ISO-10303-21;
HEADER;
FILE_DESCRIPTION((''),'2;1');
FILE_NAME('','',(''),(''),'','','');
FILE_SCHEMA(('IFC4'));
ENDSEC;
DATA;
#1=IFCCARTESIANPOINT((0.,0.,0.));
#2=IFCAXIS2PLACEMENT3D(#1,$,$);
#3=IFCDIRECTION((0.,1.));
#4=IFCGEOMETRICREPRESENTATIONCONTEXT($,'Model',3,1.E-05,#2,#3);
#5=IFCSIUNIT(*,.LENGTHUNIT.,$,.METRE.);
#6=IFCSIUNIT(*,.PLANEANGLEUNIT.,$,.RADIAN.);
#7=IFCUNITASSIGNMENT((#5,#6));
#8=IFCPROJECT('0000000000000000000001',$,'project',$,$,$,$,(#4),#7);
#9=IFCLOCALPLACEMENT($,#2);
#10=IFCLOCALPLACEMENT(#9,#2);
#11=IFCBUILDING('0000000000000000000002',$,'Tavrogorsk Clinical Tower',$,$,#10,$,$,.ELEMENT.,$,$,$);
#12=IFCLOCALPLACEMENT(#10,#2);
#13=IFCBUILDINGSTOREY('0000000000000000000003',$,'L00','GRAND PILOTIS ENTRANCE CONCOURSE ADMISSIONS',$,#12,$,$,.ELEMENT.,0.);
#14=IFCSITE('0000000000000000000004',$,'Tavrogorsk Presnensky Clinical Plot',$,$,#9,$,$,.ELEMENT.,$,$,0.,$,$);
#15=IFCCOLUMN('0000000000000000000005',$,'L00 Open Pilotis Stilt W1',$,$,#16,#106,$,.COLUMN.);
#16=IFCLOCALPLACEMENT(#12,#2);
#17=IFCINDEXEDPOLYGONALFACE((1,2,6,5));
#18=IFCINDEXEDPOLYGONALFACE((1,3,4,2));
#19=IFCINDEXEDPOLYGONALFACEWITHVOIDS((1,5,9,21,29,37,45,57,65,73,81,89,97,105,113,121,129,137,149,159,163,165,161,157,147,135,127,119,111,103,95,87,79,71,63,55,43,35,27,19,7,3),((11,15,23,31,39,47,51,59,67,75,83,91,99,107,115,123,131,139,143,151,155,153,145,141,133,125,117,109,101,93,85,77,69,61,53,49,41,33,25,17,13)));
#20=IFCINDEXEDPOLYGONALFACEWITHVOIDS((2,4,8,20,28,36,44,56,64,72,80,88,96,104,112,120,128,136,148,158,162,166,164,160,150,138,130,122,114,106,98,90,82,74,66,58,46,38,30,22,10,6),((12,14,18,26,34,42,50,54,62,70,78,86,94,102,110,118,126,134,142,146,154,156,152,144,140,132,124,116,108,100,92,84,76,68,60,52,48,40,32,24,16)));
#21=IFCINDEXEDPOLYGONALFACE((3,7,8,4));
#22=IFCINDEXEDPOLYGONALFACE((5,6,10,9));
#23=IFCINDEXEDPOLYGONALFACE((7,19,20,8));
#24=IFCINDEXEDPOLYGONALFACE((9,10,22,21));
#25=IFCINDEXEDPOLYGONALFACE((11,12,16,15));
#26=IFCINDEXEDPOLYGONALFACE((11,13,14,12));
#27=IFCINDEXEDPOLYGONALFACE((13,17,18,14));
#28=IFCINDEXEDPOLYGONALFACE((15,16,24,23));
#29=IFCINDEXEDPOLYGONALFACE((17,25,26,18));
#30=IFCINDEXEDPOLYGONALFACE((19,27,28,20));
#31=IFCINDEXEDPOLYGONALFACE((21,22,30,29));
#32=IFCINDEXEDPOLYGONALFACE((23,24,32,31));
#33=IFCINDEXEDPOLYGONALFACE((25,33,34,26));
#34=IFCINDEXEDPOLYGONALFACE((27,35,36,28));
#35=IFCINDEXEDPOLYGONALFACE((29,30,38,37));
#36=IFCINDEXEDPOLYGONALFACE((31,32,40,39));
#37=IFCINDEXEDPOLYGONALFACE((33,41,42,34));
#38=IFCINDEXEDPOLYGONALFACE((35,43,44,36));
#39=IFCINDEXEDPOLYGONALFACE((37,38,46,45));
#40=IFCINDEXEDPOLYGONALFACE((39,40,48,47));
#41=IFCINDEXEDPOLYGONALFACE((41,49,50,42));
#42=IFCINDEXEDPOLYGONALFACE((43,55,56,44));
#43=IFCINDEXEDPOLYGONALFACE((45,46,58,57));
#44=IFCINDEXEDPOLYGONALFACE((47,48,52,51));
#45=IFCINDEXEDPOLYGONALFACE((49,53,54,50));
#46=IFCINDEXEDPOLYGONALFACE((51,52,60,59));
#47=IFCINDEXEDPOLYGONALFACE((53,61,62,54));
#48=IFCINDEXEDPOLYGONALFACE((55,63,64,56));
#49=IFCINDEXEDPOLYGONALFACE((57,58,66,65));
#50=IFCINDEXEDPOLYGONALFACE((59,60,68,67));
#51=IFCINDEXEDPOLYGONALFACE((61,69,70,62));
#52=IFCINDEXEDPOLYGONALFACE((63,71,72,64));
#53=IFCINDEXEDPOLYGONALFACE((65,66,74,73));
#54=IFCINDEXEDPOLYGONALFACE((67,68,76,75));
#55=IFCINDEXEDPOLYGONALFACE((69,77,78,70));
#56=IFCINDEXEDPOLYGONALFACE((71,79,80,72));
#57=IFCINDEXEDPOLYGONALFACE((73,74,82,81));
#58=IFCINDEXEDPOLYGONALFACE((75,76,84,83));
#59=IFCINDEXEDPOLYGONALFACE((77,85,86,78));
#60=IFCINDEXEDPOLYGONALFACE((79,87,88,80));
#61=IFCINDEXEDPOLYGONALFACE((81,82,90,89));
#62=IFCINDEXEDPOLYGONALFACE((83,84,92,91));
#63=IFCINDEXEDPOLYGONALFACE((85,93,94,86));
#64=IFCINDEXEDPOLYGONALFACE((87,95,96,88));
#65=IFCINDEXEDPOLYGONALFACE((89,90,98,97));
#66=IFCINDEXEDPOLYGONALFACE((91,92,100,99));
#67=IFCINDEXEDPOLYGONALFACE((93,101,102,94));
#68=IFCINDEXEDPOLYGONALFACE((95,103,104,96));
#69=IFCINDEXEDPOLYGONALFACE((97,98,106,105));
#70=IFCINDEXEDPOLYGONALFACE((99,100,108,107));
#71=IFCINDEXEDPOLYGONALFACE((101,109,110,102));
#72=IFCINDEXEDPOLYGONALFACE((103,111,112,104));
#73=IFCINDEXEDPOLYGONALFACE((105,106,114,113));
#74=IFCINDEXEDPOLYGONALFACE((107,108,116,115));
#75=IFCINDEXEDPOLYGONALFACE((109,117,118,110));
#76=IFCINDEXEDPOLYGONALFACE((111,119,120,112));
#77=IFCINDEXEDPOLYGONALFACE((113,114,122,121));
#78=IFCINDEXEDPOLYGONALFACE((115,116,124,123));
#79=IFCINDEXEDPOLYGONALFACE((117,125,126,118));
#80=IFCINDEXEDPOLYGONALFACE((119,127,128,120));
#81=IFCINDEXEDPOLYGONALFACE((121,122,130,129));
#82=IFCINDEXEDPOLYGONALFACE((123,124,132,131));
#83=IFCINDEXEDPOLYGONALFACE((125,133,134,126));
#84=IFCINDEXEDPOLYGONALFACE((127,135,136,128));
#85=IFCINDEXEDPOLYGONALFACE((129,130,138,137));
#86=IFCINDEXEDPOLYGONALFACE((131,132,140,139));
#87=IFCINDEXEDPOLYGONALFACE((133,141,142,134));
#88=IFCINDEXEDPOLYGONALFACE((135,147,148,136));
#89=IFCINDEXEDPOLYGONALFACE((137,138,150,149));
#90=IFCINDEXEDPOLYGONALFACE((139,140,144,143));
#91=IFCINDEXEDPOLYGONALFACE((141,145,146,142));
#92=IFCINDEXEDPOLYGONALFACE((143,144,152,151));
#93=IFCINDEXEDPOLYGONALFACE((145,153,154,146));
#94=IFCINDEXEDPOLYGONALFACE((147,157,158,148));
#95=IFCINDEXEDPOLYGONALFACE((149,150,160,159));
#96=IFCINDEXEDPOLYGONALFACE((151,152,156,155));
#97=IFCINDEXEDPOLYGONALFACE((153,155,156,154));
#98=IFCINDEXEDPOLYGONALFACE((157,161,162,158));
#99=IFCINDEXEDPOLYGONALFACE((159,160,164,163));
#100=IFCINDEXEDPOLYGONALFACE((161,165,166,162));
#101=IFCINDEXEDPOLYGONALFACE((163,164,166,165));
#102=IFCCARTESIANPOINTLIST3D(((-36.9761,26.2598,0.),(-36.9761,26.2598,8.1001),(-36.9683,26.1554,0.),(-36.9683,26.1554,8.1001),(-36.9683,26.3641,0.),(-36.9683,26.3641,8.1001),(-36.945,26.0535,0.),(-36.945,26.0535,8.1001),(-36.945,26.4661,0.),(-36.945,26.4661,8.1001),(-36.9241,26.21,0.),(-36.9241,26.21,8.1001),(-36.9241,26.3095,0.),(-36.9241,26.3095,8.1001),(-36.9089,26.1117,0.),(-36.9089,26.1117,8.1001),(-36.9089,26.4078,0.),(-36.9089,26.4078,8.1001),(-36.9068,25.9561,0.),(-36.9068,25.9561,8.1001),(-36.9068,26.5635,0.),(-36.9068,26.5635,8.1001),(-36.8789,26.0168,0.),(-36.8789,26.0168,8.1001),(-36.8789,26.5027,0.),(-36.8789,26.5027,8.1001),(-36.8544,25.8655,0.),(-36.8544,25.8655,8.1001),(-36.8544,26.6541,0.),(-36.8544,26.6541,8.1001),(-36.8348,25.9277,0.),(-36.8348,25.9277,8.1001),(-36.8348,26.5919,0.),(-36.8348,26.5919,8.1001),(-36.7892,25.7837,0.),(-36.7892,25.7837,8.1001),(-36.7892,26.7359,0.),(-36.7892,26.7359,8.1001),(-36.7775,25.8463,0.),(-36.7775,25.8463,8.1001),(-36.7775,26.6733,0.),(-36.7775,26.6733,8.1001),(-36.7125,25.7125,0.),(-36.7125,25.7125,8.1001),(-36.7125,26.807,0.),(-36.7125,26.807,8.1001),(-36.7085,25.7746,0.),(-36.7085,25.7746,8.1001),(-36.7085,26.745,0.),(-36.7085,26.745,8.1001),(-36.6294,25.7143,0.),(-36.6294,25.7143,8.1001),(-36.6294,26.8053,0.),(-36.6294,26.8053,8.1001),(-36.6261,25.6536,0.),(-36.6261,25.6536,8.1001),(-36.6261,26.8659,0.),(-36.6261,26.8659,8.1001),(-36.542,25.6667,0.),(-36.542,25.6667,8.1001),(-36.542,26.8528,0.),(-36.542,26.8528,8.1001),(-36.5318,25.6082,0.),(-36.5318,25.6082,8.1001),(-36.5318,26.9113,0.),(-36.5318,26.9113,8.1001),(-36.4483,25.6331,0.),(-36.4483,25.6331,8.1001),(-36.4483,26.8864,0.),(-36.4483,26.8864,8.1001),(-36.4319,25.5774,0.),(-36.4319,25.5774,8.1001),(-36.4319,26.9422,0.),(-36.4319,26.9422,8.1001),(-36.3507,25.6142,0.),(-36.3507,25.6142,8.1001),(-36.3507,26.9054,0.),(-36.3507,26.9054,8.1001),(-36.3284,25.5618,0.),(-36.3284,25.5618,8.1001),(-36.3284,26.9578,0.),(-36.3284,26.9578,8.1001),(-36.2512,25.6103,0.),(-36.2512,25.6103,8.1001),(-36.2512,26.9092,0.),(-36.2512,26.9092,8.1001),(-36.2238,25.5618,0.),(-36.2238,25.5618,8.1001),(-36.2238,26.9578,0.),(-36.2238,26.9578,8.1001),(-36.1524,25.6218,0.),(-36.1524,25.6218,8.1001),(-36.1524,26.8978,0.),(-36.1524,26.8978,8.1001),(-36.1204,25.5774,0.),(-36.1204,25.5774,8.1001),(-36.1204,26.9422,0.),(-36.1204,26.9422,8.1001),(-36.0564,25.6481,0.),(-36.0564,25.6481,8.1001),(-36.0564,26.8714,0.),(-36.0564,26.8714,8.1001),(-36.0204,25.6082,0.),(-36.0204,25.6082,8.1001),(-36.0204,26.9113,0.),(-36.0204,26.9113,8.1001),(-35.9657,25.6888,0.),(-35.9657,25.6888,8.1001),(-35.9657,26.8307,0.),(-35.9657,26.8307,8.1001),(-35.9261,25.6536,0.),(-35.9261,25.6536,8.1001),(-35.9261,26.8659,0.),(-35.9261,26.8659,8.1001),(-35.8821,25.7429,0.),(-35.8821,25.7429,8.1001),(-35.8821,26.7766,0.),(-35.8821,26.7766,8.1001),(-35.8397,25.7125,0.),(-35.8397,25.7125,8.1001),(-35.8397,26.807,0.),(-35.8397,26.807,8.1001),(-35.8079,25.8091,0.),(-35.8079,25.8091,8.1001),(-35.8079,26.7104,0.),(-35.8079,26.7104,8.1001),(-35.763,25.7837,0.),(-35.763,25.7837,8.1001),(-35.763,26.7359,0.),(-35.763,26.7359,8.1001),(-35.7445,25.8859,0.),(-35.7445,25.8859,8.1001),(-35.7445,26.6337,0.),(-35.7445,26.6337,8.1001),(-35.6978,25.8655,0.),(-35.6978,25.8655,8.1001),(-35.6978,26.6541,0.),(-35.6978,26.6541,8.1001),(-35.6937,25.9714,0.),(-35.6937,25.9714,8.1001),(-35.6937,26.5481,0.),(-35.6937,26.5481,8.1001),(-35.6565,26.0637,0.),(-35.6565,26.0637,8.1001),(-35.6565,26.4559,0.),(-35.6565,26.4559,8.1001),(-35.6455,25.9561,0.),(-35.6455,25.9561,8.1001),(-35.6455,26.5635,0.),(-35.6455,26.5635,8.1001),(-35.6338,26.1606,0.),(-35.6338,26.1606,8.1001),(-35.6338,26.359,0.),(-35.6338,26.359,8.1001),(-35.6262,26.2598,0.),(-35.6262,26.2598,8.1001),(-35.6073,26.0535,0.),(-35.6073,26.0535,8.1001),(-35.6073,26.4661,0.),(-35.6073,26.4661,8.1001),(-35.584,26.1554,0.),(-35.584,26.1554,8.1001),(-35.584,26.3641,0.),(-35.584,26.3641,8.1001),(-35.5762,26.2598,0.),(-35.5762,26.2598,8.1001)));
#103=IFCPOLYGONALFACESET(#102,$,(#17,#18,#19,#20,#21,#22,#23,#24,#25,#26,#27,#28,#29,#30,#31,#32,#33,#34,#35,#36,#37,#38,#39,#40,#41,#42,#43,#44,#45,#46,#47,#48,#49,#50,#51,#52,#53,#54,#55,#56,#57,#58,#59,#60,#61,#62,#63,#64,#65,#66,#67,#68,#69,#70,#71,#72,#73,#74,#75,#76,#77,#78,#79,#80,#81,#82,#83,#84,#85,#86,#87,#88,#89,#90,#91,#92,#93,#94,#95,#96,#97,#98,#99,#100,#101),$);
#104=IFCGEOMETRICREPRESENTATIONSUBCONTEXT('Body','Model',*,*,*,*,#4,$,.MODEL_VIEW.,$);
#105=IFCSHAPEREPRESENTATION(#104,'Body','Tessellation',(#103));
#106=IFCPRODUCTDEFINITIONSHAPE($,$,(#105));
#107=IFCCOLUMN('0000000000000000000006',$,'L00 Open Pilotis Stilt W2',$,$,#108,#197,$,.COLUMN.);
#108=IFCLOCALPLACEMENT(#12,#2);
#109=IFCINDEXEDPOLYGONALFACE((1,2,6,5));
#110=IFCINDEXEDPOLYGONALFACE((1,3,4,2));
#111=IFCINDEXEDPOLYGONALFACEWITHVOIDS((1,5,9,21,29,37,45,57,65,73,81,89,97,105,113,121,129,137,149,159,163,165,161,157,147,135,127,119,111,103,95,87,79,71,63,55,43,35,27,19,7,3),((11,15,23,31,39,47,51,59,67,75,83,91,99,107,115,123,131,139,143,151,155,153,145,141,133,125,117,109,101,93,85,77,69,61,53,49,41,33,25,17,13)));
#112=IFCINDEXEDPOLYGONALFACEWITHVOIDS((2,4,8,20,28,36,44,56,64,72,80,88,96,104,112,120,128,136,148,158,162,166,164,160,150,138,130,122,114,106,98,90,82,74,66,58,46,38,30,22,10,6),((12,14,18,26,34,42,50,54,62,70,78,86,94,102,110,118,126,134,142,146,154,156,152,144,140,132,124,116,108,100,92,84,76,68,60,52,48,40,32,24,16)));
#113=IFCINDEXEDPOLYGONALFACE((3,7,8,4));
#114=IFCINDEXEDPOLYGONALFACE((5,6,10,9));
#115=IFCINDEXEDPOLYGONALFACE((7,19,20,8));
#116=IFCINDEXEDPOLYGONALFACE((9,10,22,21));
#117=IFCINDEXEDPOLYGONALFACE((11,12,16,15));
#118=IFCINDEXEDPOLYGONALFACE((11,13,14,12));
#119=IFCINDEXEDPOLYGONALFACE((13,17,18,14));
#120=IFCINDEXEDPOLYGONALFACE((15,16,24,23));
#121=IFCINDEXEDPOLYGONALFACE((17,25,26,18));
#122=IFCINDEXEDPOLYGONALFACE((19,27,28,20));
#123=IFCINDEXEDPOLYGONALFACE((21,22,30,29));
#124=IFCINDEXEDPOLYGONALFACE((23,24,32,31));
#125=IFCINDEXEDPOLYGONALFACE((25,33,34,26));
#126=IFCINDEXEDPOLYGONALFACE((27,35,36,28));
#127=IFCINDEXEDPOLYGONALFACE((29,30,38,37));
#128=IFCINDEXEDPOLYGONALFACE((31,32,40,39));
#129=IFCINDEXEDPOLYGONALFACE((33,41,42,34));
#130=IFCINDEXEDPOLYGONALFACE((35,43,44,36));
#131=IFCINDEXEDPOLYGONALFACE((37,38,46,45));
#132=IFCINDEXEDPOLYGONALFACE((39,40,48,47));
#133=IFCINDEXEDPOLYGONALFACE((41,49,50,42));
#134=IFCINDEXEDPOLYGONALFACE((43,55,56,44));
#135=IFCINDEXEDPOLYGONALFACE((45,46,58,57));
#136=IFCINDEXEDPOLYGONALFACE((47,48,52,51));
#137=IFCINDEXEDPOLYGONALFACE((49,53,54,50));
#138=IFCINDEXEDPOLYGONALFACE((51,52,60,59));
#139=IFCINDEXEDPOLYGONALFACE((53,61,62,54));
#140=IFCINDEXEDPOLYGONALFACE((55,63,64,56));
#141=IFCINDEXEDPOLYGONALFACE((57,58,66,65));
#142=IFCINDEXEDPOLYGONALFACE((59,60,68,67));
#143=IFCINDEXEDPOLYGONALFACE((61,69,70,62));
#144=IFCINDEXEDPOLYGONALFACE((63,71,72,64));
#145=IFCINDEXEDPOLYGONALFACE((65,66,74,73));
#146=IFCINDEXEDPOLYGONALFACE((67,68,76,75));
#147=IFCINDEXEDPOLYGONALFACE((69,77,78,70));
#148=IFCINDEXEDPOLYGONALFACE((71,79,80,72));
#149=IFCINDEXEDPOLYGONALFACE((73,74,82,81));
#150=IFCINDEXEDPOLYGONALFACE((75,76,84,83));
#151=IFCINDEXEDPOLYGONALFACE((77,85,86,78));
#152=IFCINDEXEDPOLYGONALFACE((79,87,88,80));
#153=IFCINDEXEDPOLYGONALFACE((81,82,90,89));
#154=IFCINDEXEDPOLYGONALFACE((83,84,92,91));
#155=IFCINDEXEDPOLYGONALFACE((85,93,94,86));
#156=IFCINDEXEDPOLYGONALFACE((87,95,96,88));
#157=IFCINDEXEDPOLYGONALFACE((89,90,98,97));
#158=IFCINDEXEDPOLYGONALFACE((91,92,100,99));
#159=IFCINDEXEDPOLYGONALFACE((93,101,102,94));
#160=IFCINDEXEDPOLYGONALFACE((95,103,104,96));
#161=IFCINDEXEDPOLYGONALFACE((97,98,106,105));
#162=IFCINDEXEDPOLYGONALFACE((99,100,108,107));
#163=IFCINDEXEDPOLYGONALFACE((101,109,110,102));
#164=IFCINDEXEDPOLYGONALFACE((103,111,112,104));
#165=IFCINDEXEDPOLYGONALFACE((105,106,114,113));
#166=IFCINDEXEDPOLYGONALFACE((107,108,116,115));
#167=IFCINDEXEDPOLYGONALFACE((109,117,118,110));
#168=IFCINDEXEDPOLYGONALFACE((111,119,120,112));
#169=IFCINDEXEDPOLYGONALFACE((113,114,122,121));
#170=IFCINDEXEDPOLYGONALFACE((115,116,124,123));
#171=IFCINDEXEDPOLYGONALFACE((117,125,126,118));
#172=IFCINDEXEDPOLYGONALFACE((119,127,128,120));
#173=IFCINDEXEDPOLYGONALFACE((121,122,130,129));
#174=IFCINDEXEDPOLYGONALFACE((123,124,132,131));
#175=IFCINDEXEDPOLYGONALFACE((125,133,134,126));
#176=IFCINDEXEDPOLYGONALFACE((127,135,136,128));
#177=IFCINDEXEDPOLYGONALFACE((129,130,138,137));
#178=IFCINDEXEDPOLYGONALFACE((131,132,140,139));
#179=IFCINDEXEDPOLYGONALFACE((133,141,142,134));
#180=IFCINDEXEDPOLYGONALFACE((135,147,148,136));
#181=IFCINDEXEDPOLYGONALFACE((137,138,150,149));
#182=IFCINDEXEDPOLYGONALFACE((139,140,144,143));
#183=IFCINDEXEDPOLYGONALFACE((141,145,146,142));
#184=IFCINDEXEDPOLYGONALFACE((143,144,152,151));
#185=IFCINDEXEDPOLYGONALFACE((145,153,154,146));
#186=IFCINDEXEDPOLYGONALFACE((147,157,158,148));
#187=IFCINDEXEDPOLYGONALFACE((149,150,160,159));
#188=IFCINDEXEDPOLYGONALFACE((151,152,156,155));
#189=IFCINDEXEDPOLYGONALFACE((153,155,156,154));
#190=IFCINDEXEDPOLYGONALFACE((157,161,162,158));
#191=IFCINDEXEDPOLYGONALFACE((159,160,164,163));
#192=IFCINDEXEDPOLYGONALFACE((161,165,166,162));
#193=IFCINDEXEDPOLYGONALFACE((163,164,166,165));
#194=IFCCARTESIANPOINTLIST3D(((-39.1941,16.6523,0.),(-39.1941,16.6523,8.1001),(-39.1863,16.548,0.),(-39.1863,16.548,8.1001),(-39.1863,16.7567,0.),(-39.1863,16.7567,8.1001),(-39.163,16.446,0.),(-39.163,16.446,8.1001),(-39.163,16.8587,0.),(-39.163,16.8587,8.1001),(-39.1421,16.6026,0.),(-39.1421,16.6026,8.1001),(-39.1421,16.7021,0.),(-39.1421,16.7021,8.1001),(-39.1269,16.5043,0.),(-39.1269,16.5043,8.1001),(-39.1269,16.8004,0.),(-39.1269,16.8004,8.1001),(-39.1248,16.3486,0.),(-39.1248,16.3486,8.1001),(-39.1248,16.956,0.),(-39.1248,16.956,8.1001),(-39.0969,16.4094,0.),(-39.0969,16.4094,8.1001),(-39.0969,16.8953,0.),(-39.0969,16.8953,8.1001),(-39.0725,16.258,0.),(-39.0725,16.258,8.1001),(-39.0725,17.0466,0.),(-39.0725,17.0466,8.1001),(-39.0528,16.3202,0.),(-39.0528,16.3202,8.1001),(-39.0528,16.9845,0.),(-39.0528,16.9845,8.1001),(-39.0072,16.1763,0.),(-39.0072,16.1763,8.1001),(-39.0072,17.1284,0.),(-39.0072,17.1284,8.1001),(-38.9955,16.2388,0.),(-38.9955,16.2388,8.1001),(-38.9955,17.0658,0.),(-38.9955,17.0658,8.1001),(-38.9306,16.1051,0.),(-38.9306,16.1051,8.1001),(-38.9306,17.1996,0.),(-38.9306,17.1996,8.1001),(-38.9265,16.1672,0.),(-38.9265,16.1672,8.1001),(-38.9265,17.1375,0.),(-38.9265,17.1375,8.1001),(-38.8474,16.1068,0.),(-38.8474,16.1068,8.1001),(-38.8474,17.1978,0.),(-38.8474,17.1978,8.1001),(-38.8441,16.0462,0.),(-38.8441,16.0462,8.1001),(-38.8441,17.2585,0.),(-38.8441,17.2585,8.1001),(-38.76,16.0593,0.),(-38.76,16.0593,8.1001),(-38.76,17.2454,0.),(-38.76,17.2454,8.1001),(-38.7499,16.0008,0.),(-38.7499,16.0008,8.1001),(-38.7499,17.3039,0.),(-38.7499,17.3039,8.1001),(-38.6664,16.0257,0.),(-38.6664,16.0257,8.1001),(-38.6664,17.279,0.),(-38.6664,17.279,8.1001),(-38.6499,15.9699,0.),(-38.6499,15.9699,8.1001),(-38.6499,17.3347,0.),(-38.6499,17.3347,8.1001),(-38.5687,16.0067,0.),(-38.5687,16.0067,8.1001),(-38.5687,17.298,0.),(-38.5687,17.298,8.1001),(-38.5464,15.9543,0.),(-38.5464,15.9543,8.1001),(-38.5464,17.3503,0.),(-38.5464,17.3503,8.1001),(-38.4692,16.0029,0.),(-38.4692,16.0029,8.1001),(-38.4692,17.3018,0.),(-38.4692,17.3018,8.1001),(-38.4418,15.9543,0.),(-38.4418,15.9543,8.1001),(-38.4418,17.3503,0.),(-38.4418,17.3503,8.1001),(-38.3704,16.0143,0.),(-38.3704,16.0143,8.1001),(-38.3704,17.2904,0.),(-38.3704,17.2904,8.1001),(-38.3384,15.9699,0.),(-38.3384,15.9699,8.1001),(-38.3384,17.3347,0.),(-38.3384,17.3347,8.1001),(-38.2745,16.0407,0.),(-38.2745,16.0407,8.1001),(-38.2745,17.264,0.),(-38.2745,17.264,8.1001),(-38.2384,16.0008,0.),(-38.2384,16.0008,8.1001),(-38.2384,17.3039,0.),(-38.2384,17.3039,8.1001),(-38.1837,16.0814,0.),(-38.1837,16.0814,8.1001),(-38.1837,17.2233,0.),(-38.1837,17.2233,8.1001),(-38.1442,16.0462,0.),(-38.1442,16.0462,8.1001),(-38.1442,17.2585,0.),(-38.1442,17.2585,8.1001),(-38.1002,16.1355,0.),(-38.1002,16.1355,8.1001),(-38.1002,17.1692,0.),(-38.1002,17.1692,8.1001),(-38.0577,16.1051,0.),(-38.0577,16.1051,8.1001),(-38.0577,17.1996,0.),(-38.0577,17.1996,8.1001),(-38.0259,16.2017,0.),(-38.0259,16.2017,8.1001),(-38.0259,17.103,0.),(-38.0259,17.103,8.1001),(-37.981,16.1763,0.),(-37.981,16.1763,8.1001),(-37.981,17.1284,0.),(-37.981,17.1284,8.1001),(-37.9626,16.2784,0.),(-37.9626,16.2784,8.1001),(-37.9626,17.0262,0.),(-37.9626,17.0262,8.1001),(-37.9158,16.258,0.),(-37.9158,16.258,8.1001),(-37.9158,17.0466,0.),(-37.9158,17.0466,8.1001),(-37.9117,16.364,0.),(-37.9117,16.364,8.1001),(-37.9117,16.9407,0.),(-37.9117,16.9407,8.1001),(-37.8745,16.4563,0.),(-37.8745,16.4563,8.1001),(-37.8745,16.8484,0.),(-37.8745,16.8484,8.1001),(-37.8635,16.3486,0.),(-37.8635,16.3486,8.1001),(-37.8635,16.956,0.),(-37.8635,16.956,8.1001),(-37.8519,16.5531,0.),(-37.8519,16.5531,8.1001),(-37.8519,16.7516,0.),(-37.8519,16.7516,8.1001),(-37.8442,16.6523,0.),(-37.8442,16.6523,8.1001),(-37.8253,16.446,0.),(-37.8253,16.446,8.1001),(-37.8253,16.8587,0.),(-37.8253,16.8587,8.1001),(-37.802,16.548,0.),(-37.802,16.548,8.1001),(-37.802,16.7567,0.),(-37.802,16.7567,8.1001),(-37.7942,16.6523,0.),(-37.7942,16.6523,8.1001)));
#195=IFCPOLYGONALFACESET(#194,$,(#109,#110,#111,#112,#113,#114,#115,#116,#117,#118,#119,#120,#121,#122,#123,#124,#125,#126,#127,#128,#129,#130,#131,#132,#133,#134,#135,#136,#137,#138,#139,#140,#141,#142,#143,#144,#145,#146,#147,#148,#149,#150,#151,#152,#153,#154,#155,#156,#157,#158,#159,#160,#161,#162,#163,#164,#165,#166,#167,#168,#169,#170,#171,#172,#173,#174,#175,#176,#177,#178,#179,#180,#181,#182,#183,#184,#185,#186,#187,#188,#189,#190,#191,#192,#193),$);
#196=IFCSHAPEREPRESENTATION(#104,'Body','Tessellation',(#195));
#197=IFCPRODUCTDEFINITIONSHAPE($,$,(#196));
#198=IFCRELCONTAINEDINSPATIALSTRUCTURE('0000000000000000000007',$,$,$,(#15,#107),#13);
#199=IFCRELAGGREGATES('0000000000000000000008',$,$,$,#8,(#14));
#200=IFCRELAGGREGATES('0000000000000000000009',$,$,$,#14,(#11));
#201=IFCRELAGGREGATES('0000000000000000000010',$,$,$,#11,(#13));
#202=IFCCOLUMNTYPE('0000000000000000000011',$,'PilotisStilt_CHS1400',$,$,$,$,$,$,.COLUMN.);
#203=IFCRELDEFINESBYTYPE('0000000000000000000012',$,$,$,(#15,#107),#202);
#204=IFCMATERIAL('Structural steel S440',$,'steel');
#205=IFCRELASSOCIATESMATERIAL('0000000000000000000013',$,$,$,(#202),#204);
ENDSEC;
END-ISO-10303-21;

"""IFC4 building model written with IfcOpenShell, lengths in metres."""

from ifc_helpers import new_model, si_unit, direction, frame, origin, origin_2d, place, context, subcontext, project, spatial, hollow_circle, extrude, material, material_profile, profile_set, type_object, element, save


model = new_model("IFC4")

# Units and contexts
model_context = context("Model", 3, precision=1e-05, world=origin(), true_north=direction((0.0, 1.0)))
body_context = subcontext(model_context, "Body", "Model", "MODEL_VIEW")
ifc_project = project(units=[si_unit("LENGTHUNIT", "METRE"), si_unit("PLANEANGLEUNIT", "RADIAN")], contexts=[model_context])

# Site, building, storey
site_placement = place(None, origin())
site = spatial("IfcSite", under=ifc_project, at=site_placement, Name="Tavrogorsk Presnensky Clinical Plot", CompositionType="ELEMENT", RefElevation=0.0)
building_placement = place(site_placement, origin())
building = spatial("IfcBuilding", under=site, at=building_placement, Name="Tavrogorsk Clinical Tower", CompositionType="ELEMENT")
storey_placement = place(building_placement, origin())
storey = spatial("IfcBuildingStorey", under=building, at=storey_placement, Name="L00", Description="GRAND PILOTIS ENTRANCE CONCOURSE ADMISSIONS", CompositionType="ELEMENT", Elevation=0.0)

# Columns
ifc_material_1 = material(Name="Structural steel S440", Category="steel")
ifc_material_profile_1 = material_profile(ifc_material_1, hollow_circle(Radius=0.7, WallThickness=0.05, at=origin_2d()), Name="CHS-1400x50")
ifc_profile_set_1 = profile_set([ifc_material_profile_1], Name="Structural steel S440")
column_type = type_object("IfcColumnType", Name="PilotisStilt_CHS1400", PredefinedType="COLUMN", material=ifc_profile_set_1)
for number, where, z_axis, x_axis, name in (
    (1, (-36.2761, 26.2598, 0.0), (0.0, 0.0, 1.0), (1.0, 0.0, 0.0), "L00 Open Pilotis Stilt W1"),
    (2, (-38.4941, 16.6523, 0.0), (0.0, 0.0, 1.0), (1.0, 0.0, 0.0), "L00 Open Pilotis Stilt W2"),
):
    element("IfcColumn", number, at=place(storey_placement, frame(where, z_axis=z_axis, x_axis=x_axis)), inside=storey, type_object=column_type, Name=name, PredefinedType="COLUMN", context=body_context, shape_type="SweptSolid", body=[
        extrude(hollow_circle(Radius=0.7, WallThickness=0.05, at=origin_2d()), origin(), (0.0, 0.0, 1.0), 8.1001),
    ])

save(model, "model.ifc")
